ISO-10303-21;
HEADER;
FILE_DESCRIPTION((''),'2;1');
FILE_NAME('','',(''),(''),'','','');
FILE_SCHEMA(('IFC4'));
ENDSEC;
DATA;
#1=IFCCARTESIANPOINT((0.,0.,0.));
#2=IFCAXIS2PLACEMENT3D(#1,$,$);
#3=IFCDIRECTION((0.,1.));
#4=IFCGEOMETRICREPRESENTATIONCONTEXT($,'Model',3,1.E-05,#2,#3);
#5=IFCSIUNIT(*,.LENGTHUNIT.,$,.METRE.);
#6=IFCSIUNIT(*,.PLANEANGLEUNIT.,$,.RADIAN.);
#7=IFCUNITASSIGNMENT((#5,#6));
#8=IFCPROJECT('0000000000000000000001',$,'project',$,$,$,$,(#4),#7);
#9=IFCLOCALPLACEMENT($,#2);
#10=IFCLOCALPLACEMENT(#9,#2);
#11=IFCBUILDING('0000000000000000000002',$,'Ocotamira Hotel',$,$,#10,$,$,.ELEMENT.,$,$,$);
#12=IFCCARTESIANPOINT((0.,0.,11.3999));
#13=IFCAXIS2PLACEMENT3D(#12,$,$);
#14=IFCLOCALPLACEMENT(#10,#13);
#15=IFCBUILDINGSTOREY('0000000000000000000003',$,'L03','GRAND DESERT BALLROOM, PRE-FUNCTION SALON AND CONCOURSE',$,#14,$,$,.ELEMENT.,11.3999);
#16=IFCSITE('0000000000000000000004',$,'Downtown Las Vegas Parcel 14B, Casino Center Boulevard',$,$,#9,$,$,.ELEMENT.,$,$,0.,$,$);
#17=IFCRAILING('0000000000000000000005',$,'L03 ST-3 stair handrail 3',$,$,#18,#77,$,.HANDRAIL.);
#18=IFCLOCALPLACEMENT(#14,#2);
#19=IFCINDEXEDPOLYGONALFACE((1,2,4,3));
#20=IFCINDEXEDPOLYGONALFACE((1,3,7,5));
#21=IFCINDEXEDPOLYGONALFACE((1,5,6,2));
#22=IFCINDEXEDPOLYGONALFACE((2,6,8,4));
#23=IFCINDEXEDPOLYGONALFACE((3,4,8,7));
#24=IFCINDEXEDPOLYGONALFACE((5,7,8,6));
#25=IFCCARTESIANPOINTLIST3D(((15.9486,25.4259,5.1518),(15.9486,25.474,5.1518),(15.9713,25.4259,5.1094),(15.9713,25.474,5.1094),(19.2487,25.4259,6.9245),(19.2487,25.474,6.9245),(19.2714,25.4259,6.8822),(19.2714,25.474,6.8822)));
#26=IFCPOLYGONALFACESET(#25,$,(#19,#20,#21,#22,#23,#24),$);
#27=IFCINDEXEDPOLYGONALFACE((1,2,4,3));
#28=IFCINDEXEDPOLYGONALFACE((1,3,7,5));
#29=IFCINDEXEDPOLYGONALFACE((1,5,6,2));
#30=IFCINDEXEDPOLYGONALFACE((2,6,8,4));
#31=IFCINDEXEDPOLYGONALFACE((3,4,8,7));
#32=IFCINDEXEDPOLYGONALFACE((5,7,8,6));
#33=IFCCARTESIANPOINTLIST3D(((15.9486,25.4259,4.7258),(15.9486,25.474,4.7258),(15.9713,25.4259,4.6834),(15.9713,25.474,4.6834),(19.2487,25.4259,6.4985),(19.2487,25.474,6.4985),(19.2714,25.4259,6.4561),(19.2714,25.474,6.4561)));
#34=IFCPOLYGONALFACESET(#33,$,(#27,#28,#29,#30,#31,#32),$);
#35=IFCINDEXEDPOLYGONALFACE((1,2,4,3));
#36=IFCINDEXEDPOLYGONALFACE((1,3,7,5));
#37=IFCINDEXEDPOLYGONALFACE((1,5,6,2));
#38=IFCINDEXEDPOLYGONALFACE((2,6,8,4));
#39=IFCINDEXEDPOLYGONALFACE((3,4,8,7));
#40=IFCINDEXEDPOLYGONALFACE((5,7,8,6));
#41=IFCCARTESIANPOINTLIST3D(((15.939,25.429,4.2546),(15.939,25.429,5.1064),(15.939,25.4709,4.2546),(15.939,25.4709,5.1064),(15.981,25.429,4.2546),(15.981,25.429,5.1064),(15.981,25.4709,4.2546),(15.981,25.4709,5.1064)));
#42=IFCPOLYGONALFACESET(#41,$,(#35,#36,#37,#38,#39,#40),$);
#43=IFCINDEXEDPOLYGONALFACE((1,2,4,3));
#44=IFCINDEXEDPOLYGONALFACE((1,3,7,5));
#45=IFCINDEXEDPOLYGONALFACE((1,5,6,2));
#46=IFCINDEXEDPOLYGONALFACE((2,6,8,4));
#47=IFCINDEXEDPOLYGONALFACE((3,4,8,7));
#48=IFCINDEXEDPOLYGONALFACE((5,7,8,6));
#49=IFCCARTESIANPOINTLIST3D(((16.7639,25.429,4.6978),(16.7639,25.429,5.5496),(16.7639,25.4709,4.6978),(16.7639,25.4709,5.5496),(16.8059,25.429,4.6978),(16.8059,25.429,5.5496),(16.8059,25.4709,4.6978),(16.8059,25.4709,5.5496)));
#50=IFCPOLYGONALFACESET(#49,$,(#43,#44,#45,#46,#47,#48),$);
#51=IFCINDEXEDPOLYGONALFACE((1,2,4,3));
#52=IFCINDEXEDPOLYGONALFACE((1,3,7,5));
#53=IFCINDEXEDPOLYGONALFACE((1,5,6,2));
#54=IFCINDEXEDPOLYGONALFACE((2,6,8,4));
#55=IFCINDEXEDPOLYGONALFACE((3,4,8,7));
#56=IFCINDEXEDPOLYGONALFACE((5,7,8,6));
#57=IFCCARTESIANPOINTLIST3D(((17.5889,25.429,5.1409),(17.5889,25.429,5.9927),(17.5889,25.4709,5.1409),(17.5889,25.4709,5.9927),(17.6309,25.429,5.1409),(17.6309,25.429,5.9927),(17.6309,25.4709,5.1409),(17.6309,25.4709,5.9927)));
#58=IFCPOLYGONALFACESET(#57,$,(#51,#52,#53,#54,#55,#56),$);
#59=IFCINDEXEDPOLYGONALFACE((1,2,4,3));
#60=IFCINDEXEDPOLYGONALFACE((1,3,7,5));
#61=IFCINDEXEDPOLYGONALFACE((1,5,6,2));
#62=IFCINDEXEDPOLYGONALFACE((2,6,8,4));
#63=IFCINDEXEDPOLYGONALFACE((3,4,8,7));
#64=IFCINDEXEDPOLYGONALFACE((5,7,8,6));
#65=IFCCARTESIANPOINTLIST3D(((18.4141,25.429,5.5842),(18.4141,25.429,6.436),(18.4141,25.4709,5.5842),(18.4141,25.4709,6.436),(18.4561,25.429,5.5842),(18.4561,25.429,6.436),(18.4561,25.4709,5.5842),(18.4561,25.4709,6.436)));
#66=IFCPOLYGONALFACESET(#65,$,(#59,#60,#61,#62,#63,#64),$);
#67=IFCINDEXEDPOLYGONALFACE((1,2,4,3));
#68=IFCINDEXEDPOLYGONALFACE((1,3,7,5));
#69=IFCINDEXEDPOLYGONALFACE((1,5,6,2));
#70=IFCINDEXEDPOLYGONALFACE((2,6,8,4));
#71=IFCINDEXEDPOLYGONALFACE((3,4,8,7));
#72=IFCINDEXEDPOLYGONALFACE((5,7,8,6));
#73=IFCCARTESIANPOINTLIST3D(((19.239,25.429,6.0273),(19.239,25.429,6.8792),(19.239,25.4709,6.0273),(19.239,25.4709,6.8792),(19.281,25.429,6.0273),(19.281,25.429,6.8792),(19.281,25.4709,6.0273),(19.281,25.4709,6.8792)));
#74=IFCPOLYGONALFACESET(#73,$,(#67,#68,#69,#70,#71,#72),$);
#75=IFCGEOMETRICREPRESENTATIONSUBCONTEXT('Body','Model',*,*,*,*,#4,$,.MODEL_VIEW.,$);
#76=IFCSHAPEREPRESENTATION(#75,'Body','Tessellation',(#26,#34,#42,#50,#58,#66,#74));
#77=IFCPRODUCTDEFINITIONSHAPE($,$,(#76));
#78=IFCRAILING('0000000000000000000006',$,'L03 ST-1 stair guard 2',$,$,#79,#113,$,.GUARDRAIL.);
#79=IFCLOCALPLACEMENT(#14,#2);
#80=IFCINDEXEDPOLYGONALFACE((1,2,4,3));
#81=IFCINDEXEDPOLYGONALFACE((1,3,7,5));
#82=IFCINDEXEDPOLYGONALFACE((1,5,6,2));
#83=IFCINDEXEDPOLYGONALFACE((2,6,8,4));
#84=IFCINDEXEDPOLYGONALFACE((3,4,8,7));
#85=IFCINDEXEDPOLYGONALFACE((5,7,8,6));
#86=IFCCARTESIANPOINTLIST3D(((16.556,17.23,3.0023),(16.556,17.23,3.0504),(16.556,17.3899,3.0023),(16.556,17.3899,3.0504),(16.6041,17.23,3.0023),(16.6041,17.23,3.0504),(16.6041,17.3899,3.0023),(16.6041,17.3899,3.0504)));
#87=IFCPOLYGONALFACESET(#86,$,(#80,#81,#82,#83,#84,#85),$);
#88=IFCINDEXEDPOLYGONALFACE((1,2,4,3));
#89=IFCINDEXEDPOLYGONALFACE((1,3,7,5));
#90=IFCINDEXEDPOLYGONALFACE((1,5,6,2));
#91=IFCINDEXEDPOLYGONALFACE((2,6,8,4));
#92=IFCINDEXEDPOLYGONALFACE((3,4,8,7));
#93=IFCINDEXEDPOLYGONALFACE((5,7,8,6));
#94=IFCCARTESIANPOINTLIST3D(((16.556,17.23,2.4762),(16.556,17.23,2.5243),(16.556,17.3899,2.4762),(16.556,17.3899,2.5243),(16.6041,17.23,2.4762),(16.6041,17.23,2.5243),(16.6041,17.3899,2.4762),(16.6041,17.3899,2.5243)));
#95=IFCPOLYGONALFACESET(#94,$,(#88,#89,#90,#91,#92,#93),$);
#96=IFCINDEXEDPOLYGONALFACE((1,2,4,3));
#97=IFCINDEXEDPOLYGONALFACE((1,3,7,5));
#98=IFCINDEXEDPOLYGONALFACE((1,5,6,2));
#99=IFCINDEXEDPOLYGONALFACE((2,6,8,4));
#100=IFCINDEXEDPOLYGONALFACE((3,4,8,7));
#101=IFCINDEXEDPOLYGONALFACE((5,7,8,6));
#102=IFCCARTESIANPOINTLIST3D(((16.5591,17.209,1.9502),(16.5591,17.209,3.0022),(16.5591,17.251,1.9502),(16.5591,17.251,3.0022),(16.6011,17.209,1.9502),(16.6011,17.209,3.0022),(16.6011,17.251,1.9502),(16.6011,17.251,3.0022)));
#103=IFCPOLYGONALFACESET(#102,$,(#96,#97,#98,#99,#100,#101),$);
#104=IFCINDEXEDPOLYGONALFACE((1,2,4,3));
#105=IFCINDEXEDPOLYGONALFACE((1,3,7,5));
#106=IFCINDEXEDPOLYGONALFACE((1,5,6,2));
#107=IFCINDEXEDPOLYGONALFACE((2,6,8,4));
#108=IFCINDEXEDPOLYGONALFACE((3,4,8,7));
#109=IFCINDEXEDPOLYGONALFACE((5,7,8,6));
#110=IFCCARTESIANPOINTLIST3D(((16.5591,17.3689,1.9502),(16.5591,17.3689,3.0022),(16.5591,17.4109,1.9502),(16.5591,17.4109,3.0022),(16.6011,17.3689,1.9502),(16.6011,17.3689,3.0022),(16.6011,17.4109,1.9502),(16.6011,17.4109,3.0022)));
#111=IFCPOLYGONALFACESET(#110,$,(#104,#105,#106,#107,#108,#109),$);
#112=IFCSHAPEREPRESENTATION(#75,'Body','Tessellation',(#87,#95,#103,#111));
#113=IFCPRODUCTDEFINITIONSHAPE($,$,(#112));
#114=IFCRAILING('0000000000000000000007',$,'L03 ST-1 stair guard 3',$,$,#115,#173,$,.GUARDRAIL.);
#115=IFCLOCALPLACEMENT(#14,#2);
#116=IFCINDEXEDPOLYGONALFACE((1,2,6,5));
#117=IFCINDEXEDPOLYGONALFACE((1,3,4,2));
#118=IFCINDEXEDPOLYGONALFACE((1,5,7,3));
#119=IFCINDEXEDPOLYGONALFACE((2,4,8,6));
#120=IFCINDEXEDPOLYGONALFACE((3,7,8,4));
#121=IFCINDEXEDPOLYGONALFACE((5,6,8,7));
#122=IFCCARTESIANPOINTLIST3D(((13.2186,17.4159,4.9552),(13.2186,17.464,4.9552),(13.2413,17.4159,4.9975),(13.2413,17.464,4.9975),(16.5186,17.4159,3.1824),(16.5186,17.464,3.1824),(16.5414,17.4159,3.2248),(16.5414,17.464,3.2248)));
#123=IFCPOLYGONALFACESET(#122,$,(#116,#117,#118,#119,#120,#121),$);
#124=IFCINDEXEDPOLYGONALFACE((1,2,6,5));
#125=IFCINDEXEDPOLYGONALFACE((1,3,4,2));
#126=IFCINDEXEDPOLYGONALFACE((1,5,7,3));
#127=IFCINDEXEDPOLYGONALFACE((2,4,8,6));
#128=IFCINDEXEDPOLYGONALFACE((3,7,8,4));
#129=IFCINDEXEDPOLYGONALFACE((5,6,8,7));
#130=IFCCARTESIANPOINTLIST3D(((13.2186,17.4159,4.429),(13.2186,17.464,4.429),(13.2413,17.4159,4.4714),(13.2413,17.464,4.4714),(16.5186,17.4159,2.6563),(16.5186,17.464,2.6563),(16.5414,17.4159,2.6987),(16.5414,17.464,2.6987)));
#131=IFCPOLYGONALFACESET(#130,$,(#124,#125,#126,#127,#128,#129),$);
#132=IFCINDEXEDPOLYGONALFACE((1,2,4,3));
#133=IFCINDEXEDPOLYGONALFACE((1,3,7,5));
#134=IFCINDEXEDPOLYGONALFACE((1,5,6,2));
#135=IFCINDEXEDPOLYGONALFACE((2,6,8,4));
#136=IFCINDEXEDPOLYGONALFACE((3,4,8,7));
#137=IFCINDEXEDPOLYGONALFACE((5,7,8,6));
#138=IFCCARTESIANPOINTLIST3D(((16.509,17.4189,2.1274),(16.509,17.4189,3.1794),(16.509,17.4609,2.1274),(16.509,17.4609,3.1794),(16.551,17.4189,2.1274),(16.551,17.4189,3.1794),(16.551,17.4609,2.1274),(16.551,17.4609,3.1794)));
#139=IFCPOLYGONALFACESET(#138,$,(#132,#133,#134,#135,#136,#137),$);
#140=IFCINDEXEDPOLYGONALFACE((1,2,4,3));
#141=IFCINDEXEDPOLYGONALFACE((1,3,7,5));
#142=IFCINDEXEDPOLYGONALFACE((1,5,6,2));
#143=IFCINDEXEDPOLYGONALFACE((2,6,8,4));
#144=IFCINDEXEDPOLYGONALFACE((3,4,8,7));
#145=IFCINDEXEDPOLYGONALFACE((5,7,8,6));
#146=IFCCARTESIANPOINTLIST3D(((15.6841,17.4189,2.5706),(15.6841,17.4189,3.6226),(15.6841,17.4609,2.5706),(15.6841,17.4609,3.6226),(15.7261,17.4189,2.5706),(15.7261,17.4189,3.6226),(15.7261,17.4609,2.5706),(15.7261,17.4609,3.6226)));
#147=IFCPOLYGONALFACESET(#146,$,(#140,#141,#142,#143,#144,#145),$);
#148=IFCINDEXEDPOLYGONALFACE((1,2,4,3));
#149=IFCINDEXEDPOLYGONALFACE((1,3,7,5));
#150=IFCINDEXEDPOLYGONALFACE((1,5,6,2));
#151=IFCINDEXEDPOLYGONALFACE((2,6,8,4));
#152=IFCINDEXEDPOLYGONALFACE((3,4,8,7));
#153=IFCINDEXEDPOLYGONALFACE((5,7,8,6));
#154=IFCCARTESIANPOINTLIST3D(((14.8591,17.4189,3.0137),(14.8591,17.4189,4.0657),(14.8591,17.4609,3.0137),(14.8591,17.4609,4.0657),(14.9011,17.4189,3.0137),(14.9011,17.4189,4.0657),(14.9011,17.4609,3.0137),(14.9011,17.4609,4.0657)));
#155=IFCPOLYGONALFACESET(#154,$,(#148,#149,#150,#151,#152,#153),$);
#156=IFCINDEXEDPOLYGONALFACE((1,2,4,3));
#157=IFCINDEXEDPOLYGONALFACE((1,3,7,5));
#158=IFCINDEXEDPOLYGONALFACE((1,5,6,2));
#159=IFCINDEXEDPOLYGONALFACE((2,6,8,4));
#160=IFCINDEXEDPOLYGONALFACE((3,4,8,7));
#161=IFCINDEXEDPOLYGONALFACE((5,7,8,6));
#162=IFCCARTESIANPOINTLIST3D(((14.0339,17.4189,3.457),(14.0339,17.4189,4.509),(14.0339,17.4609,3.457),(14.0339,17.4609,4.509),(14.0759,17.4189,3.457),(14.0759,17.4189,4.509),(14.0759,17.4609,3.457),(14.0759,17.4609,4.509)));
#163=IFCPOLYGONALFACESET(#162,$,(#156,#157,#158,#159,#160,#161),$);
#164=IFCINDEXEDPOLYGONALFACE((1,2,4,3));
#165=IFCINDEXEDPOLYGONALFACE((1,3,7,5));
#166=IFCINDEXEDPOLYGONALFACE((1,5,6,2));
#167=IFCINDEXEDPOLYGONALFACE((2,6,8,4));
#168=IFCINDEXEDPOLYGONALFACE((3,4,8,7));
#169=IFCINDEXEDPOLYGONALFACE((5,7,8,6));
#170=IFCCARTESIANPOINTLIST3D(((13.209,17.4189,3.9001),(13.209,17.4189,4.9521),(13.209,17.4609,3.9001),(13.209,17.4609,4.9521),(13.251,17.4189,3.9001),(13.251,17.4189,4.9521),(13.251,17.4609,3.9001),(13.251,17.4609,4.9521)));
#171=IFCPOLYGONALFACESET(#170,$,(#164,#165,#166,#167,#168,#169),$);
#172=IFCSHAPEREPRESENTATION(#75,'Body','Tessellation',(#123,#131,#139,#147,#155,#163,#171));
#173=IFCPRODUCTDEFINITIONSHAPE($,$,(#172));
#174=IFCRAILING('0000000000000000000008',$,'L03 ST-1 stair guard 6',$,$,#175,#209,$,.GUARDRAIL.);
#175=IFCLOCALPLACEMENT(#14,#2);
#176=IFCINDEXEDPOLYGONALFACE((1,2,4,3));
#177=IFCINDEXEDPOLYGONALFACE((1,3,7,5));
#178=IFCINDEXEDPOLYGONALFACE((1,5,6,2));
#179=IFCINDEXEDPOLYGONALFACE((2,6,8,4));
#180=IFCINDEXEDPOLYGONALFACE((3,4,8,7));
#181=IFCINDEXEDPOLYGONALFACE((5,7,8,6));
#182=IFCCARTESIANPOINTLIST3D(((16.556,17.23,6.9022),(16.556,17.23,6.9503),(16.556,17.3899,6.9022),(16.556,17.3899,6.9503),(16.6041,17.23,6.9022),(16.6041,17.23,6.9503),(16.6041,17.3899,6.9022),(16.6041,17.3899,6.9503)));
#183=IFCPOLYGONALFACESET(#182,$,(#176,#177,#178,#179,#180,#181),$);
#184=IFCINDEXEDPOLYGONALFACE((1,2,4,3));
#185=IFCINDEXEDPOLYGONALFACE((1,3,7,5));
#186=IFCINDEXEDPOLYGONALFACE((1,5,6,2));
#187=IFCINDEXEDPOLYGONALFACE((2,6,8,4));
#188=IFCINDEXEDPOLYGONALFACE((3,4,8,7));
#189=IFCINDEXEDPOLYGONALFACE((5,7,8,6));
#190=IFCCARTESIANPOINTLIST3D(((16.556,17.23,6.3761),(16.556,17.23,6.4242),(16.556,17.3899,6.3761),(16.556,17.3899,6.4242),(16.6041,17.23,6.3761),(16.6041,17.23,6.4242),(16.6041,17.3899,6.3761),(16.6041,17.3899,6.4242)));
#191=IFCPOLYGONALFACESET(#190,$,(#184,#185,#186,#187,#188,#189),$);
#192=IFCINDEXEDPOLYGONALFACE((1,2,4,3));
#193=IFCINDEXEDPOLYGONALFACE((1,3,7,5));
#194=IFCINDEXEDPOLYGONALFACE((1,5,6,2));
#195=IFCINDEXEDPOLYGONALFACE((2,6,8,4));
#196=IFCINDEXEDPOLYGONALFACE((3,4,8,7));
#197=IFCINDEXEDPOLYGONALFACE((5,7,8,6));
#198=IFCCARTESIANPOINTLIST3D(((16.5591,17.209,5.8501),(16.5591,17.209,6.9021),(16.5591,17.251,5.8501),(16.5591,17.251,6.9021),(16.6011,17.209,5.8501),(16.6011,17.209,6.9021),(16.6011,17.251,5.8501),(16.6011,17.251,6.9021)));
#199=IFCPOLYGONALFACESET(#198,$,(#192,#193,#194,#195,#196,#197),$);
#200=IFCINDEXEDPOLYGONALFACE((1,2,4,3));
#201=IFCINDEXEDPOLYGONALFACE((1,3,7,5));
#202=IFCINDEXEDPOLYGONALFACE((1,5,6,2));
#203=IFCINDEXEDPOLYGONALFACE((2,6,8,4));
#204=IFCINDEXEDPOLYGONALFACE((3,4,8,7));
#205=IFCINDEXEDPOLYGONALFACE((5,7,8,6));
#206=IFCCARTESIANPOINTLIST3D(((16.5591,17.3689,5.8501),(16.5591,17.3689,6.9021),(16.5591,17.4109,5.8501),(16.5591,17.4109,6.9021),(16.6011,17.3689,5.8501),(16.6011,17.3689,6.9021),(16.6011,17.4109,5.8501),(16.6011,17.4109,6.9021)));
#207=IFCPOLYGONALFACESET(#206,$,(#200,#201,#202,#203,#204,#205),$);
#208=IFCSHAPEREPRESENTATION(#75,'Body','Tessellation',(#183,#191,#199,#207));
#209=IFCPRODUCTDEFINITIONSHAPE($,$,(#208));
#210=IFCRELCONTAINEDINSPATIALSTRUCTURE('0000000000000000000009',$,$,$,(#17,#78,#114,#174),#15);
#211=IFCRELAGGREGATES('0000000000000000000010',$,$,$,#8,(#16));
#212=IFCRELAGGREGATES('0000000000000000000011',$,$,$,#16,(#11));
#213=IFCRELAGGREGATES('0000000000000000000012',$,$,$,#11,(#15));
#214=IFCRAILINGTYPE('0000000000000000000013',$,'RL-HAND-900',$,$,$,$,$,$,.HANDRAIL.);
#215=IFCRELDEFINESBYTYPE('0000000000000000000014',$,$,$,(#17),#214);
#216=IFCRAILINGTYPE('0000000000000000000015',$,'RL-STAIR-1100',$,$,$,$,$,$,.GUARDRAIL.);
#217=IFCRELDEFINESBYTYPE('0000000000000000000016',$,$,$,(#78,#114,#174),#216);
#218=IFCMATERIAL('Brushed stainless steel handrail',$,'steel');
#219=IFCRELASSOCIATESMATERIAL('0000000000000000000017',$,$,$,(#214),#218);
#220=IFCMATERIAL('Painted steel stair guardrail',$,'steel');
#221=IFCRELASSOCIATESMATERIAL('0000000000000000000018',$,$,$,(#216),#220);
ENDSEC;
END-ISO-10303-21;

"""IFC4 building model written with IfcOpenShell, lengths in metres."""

from ifc_helpers import new_model, si_unit, direction, frame, origin, origin_2d, place, context, subcontext, project, spatial, rectangle, extrude, material, type_object, element, save


model = new_model("IFC4")

# Units and contexts
model_context = context("Model", 3, precision=1e-05, world=origin(), true_north=direction((0.0, 1.0)))
body_context = subcontext(model_context, "Body", "Model", "MODEL_VIEW")
ifc_project = project(units=[si_unit("LENGTHUNIT", "METRE"), si_unit("PLANEANGLEUNIT", "RADIAN")], contexts=[model_context])

# Site, building, storey
site_placement = place(None, origin())
site = spatial("IfcSite", under=ifc_project, at=site_placement, Name="Downtown Las Vegas Parcel 14B, Casino Center Boulevard", CompositionType="ELEMENT", RefElevation=0.0)
building_placement = place(site_placement, origin())
building = spatial("IfcBuilding", under=site, at=building_placement, Name="Ocotamira Hotel", CompositionType="ELEMENT")
storey_placement = place(building_placement, frame((0.0, 0.0, 11.3999)))
storey = spatial("IfcBuildingStorey", under=building, at=storey_placement, Name="L03", Description="GRAND DESERT BALLROOM, PRE-FUNCTION SALON AND CONCOURSE", CompositionType="ELEMENT", Elevation=11.3999)

# Railings
ifc_material_1 = material(Name="Brushed stainless steel handrail", Category="steel")
railing_type_1 = type_object("IfcRailingType", Name="RL-HAND-900", PredefinedType="HANDRAIL", material=ifc_material_1)
for number, where, name in (
    (1, (15.96, 25.45, 4.2546), "L03 ST-3 stair handrail 3"),
):
    element("IfcRailing", number, at=place(storey_placement, frame(where)), inside=storey, type_object=railing_type_1, Name=name, PredefinedType="HANDRAIL", context=body_context, shape_type="SweptSolid", body=[
        extrude(rectangle(XDim=0.0481, YDim=0.0481, at=origin_2d()), frame((0.0, 0.0, 0.876), z_axis=(0.880944, 0.0, 0.473221), x_axis=(0.0, 1.0, 0.0)), (0.0, 0.0, 1.0), 3.7461),
        extrude(rectangle(XDim=0.0481, YDim=0.0481, at=origin_2d()), frame((0.0, 0.0, 0.45), z_axis=(0.880944, 0.0, 0.473221), x_axis=(0.0, 1.0, 0.0)), (0.0, 0.0, 1.0), 3.7461),
        extrude(rectangle(XDim=0.042, YDim=0.042, at=origin_2d()), origin(), (0.0, 0.0, 1.0), 0.8518),
        extrude(rectangle(XDim=0.042, YDim=0.042, at=origin_2d()), frame((0.825, 0.0, 0.4431)), (0.0, 0.0, 1.0), 0.8518),
        extrude(rectangle(XDim=0.042, YDim=0.042, at=origin_2d()), frame((1.6499, 0.0, 0.8862)), (0.0, 0.0, 1.0), 0.8518),
        extrude(rectangle(XDim=0.042, YDim=0.042, at=origin_2d()), frame((2.4751, 0.0, 1.3296)), (0.0, 0.0, 1.0), 0.8518),
        extrude(rectangle(XDim=0.042, YDim=0.042, at=origin_2d()), frame((3.3, 0.0, 1.7727)), (0.0, 0.0, 1.0), 0.8518),
    ])
ifc_material_2 = material(Name="Painted steel stair guardrail", Category="steel")
railing_type_2 = type_object("IfcRailingType", Name="RL-STAIR-1100", PredefinedType="GUARDRAIL", material=ifc_material_2)
railing_1_placement = place(storey_placement, frame((16.5801, 17.23, 1.9502)))
element("IfcRailing", 2, at=railing_1_placement, inside=storey, type_object=railing_type_2, Name="L03 ST-1 stair guard 2", PredefinedType="GUARDRAIL", context=body_context, shape_type="SweptSolid", body=[
    extrude(rectangle(XDim=0.0481, YDim=0.0481, at=origin_2d()), frame((0.0, 0.0, 1.0762), z_axis=(0.0, 1.0, 0.0), x_axis=(-1.0, 0.0, 0.0)), (0.0, 0.0, 1.0), 0.1599),
    extrude(rectangle(XDim=0.0481, YDim=0.0481, at=origin_2d()), frame((0.0, 0.0, 0.55), z_axis=(0.0, 1.0, 0.0), x_axis=(-1.0, 0.0, 0.0)), (0.0, 0.0, 1.0), 0.1599),
    extrude(rectangle(XDim=0.042, YDim=0.042, at=origin_2d()), origin(), (0.0, 0.0, 1.0), 1.052),
    extrude(rectangle(XDim=0.042, YDim=0.042, at=origin_2d()), frame((0.0, 0.1599, 0.0)), (0.0, 0.0, 1.0), 1.052),
])
railing_2_placement = place(storey_placement, frame((16.53, 17.4399, 2.1274)))
element("IfcRailing", 3, at=railing_2_placement, inside=storey, type_object=railing_type_2, Name="L03 ST-1 stair guard 3", PredefinedType="GUARDRAIL", context=body_context, shape_type="SweptSolid", body=[
    extrude(rectangle(XDim=0.0481, YDim=0.0481, at=origin_2d()), frame((0.0, 0.0, 1.0762), z_axis=(-0.880944, 0.0, 0.473221), x_axis=(0.0, -1.0, 0.0)), (0.0, 0.0, 1.0), 3.7461),
    extrude(rectangle(XDim=0.0481, YDim=0.0481, at=origin_2d()), frame((0.0, 0.0, 0.55), z_axis=(-0.880944, 0.0, 0.473221), x_axis=(0.0, -1.0, 0.0)), (0.0, 0.0, 1.0), 3.7461),
    extrude(rectangle(XDim=0.042, YDim=0.042, at=origin_2d()), origin(), (0.0, 0.0, 1.0), 1.052),
    extrude(rectangle(XDim=0.042, YDim=0.042, at=origin_2d()), frame((-0.825, 0.0, 0.4431)), (0.0, 0.0, 1.0), 1.052),
    extrude(rectangle(XDim=0.042, YDim=0.042, at=origin_2d()), frame((-1.6499, 0.0, 0.8862)), (0.0, 0.0, 1.0), 1.052),
    extrude(rectangle(XDim=0.042, YDim=0.042, at=origin_2d()), frame((-2.4751, 0.0, 1.3296)), (0.0, 0.0, 1.0), 1.052),
    extrude(rectangle(XDim=0.042, YDim=0.042, at=origin_2d()), frame((-3.3, 0.0, 1.7727)), (0.0, 0.0, 1.0), 1.052),
])
railing_3_placement = place(storey_placement, frame((16.5801, 17.23, 5.8501)))
element("IfcRailing", 4, at=railing_3_placement, inside=storey, type_object=railing_type_2, Name="L03 ST-1 stair guard 6", PredefinedType="GUARDRAIL", context=body_context, shape_type="SweptSolid", body=[
    extrude(rectangle(XDim=0.0481, YDim=0.0481, at=origin_2d()), frame((0.0, 0.0, 1.0762), z_axis=(0.0, 1.0, 0.0), x_axis=(-1.0, 0.0, 0.0)), (0.0, 0.0, 1.0), 0.1599),
    extrude(rectangle(XDim=0.0481, YDim=0.0481, at=origin_2d()), frame((0.0, 0.0, 0.55), z_axis=(0.0, 1.0, 0.0), x_axis=(-1.0, 0.0, 0.0)), (0.0, 0.0, 1.0), 0.1599),
    extrude(rectangle(XDim=0.042, YDim=0.042, at=origin_2d()), origin(), (0.0, 0.0, 1.0), 1.052),
    extrude(rectangle(XDim=0.042, YDim=0.042, at=origin_2d()), frame((0.0, 0.1599, 0.0)), (0.0, 0.0, 1.0), 1.052),
])

save(model, "model.ifc")
